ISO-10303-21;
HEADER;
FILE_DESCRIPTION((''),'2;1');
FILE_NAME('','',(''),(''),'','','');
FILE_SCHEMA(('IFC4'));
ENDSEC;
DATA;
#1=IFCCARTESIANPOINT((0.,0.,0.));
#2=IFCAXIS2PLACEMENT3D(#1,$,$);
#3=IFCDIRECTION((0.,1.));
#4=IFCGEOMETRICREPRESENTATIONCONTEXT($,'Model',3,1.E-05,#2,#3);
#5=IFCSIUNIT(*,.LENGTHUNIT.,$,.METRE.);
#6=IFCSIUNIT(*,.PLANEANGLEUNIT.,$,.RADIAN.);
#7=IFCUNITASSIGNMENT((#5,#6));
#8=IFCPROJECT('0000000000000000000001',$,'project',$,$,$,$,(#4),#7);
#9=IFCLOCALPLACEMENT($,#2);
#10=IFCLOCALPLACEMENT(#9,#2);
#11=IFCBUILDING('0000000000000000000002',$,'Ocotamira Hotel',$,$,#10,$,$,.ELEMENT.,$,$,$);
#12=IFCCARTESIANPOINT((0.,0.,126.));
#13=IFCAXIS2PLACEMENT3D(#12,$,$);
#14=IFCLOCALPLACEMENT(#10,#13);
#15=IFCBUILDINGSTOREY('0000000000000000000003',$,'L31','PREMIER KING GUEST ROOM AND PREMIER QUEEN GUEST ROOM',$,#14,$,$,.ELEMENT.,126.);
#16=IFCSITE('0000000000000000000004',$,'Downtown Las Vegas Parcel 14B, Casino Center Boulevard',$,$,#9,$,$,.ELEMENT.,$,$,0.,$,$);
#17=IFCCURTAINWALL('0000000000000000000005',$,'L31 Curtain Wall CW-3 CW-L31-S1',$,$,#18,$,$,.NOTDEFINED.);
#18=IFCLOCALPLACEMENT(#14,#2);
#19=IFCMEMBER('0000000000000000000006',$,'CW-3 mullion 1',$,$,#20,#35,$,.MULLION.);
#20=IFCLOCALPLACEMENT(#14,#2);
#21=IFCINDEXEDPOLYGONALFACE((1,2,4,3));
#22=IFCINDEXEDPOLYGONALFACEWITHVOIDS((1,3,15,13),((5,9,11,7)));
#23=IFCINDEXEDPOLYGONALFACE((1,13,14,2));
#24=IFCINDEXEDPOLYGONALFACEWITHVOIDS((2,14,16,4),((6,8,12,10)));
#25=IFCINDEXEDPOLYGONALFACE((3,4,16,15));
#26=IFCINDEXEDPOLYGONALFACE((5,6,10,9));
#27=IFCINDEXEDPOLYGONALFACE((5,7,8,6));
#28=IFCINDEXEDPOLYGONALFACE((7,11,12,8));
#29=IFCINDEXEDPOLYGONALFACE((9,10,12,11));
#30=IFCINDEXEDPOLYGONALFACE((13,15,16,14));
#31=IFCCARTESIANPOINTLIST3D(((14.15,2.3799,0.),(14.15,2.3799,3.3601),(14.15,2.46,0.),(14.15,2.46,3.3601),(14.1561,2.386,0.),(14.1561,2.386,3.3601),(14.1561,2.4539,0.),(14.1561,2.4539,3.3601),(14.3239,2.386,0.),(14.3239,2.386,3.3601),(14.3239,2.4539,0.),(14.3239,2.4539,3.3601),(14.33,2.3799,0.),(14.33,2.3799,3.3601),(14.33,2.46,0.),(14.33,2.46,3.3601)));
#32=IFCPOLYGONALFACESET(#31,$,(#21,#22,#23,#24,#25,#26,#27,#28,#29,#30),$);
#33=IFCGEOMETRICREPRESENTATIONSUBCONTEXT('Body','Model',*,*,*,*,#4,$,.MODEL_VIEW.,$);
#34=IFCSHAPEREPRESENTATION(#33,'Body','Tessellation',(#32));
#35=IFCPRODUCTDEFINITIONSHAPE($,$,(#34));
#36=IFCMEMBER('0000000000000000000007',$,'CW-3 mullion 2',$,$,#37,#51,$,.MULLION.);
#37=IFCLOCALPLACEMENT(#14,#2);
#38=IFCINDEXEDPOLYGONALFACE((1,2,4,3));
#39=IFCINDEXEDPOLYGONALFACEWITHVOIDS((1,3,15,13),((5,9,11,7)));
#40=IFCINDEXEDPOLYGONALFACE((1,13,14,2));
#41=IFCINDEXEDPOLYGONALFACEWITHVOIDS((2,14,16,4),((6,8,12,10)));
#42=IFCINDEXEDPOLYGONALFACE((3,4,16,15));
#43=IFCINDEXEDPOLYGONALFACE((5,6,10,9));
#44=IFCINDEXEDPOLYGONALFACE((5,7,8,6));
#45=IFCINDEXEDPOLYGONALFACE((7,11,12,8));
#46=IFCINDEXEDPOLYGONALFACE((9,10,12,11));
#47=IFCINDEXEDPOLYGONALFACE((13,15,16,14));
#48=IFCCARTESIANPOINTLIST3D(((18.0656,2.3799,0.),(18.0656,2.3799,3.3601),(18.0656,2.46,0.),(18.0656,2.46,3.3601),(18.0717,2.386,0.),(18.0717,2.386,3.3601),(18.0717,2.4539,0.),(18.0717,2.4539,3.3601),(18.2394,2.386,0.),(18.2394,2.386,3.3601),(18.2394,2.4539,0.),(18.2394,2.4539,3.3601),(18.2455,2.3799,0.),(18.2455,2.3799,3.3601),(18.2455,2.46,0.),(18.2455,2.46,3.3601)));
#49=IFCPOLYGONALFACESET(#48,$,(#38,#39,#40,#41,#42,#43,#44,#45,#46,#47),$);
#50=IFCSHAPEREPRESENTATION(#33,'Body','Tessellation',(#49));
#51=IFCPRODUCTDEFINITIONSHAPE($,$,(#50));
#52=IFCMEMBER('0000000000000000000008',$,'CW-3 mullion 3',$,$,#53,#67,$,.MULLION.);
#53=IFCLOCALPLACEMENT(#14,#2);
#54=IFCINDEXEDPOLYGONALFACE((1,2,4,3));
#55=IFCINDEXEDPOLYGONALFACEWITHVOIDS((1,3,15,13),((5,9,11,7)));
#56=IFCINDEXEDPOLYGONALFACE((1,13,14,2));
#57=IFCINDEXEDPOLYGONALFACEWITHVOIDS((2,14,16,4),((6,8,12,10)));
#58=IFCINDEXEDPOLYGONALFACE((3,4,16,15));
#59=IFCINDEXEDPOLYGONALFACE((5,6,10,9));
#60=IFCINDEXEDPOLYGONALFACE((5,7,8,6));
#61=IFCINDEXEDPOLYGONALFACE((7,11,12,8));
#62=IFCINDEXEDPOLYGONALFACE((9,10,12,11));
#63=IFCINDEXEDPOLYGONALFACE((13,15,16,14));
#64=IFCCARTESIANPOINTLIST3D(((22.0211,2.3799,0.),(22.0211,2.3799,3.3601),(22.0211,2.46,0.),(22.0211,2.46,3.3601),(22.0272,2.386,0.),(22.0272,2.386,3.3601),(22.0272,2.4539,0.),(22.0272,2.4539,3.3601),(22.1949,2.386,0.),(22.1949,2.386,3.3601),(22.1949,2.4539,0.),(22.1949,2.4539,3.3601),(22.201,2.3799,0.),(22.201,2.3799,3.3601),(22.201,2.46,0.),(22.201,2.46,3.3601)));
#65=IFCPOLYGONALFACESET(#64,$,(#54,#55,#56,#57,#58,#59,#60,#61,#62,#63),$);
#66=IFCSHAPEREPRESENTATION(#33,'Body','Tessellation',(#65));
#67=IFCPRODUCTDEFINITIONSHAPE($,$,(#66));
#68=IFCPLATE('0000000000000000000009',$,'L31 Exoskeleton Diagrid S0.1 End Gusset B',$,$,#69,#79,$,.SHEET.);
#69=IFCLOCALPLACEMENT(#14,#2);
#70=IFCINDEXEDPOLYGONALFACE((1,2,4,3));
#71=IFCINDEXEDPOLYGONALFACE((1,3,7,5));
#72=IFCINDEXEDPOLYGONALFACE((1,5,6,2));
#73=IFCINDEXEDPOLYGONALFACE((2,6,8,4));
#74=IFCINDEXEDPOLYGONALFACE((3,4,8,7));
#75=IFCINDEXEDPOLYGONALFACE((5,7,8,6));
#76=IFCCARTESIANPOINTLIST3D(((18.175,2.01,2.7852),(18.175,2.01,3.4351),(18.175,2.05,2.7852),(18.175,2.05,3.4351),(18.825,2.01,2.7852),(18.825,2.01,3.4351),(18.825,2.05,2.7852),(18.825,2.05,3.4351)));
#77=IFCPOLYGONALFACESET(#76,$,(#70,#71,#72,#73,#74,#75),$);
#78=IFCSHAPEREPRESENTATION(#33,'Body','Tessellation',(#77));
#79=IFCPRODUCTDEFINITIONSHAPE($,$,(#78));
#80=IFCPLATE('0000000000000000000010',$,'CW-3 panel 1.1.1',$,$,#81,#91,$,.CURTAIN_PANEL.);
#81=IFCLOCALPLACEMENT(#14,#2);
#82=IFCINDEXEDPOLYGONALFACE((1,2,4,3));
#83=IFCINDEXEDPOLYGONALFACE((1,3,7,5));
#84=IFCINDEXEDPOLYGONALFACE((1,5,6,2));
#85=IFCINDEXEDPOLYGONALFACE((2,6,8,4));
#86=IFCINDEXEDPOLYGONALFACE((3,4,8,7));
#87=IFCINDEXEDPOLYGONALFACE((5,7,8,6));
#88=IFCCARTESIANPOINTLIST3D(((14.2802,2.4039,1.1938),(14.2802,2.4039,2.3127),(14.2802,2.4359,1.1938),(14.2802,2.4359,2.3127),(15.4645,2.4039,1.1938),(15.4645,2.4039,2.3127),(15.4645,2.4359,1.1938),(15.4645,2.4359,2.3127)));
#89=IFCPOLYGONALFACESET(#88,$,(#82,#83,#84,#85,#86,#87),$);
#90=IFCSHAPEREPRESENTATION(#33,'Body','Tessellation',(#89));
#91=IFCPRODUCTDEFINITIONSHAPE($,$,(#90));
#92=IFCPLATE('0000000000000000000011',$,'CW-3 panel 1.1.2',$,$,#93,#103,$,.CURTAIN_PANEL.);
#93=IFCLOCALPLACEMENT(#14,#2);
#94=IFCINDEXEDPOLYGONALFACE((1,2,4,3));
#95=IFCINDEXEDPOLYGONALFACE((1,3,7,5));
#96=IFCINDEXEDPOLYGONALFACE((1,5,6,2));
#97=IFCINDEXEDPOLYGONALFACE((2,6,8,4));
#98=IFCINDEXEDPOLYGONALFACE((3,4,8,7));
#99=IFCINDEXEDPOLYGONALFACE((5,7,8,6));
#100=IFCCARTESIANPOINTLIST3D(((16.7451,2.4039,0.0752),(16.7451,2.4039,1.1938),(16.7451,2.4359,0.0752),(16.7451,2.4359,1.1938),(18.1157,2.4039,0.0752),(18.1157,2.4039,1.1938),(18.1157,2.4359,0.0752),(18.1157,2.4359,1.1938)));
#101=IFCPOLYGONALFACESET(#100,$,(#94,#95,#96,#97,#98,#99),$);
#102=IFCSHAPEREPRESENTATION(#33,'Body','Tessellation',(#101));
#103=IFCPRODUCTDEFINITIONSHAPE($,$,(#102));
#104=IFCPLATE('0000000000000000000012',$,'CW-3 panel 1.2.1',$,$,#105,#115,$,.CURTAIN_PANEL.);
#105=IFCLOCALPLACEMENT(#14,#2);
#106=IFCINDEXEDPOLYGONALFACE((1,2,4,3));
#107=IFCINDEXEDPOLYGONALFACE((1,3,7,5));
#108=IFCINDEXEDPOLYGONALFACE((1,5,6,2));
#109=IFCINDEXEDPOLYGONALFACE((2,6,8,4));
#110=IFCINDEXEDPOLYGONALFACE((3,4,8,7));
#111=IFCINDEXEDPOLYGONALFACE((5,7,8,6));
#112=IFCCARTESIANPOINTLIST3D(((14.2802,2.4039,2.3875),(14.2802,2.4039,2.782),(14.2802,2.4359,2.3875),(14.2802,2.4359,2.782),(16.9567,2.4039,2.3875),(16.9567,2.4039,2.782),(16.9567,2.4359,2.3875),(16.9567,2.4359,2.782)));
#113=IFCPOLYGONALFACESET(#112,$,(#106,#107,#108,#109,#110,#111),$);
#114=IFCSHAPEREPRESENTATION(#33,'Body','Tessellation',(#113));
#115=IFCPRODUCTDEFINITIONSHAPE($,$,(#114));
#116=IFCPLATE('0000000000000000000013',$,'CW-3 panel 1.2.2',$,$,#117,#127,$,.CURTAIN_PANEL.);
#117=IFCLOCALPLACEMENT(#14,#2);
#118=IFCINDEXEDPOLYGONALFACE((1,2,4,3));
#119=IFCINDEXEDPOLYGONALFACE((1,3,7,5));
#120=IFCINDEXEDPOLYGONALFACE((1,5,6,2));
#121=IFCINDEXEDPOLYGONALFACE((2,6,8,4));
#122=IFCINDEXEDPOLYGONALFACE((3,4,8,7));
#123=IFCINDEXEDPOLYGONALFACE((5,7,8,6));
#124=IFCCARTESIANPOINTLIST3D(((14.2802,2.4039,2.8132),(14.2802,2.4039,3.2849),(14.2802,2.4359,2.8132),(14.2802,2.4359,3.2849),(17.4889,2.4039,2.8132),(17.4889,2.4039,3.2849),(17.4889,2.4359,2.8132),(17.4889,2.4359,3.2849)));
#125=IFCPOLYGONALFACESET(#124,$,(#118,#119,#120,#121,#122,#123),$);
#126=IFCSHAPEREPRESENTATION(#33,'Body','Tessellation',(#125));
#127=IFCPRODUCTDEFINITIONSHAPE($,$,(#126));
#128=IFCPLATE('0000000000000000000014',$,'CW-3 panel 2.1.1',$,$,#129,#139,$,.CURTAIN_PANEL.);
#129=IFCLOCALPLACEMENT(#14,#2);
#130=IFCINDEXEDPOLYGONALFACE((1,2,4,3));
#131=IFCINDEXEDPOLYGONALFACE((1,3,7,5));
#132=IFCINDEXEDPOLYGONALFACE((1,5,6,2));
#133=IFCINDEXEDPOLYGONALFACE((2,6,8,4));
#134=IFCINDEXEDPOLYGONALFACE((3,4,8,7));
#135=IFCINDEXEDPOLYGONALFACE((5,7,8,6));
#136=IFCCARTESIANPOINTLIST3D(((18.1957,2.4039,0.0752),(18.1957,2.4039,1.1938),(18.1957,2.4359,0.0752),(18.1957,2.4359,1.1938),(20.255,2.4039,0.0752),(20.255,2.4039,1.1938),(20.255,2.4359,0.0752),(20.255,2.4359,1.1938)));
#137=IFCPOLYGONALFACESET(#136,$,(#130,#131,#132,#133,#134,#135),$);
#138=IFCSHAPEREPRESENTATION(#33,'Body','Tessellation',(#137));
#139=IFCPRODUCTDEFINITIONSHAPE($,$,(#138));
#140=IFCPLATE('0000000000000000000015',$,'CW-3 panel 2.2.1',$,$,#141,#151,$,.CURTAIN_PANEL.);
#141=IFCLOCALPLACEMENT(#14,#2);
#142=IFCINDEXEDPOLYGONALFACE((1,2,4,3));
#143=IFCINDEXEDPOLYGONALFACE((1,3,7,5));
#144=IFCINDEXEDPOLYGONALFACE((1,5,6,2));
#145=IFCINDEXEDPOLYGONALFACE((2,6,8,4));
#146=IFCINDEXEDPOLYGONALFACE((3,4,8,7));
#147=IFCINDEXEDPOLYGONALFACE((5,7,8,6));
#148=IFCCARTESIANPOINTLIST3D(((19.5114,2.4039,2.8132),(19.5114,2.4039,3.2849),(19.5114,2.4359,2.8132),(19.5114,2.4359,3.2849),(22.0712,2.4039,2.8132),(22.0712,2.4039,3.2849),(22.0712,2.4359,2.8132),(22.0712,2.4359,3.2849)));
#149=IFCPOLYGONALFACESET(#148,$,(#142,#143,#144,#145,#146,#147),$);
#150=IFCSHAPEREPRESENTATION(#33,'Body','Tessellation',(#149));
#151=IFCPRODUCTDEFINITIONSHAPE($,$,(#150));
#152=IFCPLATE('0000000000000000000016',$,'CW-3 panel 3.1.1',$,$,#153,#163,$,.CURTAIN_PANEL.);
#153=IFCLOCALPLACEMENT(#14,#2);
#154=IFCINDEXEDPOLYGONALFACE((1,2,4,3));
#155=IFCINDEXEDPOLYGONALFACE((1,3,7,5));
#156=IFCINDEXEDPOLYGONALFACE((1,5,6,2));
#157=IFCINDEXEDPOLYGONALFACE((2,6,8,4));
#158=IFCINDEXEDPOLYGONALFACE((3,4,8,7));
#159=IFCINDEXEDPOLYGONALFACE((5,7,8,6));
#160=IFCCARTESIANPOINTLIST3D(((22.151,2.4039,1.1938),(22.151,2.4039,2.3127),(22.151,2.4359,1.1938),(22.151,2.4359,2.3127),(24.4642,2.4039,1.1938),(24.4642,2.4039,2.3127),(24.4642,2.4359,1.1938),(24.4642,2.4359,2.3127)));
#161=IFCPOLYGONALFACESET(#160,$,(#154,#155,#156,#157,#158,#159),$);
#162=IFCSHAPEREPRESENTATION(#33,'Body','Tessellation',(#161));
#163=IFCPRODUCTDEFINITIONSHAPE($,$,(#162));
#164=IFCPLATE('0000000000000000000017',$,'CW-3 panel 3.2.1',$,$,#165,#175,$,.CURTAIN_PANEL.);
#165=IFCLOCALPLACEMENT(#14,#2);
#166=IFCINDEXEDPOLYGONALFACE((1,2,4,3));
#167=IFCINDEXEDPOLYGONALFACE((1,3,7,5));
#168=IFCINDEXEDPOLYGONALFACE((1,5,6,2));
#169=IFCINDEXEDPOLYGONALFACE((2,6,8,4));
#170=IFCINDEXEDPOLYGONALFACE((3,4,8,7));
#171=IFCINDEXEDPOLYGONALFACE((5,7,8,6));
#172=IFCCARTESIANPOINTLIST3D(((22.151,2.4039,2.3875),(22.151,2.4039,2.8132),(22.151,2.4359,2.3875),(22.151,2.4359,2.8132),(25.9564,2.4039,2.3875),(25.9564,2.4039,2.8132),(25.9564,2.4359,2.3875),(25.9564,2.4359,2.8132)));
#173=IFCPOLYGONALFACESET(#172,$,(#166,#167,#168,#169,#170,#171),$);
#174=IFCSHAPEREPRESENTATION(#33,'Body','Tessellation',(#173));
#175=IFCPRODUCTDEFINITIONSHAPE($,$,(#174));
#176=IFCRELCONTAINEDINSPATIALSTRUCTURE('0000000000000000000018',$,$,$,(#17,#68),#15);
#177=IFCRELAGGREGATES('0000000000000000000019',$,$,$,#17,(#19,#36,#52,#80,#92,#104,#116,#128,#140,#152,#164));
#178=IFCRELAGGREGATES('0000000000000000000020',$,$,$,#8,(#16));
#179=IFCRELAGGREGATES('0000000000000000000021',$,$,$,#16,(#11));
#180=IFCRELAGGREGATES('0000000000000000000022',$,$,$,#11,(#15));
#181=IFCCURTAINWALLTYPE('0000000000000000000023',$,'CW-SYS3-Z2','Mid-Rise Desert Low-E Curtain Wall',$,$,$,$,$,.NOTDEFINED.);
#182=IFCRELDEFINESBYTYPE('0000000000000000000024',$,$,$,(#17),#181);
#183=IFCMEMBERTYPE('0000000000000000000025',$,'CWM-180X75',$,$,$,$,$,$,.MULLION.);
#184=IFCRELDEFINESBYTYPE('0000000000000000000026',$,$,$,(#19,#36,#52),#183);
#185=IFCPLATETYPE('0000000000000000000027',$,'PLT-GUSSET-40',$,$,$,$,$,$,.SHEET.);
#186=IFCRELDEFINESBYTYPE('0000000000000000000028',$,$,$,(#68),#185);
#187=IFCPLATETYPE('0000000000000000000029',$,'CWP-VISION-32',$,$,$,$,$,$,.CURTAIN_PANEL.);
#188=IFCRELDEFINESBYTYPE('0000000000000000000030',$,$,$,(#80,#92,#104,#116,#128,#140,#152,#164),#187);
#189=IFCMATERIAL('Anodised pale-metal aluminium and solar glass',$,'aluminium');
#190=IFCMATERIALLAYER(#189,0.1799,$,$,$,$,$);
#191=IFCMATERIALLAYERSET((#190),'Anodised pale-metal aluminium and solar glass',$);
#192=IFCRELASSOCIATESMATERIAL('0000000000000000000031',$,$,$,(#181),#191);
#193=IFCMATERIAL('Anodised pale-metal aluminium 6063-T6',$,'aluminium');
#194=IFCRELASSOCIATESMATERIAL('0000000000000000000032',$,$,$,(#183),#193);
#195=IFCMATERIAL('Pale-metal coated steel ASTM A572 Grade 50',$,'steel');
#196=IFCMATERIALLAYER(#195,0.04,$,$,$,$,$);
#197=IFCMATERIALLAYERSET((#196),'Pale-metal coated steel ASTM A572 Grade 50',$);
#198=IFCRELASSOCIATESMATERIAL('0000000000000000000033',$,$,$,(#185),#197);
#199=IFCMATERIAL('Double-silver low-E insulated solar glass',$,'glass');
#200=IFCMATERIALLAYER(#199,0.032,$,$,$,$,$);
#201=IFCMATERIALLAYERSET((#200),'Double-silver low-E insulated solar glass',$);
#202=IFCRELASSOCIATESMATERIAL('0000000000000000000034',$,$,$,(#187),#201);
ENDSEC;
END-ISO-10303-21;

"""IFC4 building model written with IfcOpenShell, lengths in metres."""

from ifc_helpers import new_model, si_unit, direction, frame, origin, origin_2d, place, context, subcontext, project, spatial, rectangle, hollow_rectangle, extrude, source, transform, mapped, material, layer, layer_set, material_profile, profile_set, type_object, element, aggregate, save


model = new_model("IFC4")

# Units and contexts
model_context = context("Model", 3, precision=1e-05, world=origin(), true_north=direction((0.0, 1.0)))
body_context = subcontext(model_context, "Body", "Model", "MODEL_VIEW")
ifc_project = project(units=[si_unit("LENGTHUNIT", "METRE"), si_unit("PLANEANGLEUNIT", "RADIAN")], contexts=[model_context])

# Site, building, storey
site_placement = place(None, origin())
site = spatial("IfcSite", under=ifc_project, at=site_placement, Name="Downtown Las Vegas Parcel 14B, Casino Center Boulevard", CompositionType="ELEMENT", RefElevation=0.0)
building_placement = place(site_placement, origin())
building = spatial("IfcBuilding", under=site, at=building_placement, Name="Ocotamira Hotel", CompositionType="ELEMENT")
storey_placement = place(building_placement, frame((0.0, 0.0, 126.0)))
storey = spatial("IfcBuildingStorey", under=building, at=storey_placement, Name="L31", Description="PREMIER KING GUEST ROOM AND PREMIER QUEEN GUEST ROOM", CompositionType="ELEMENT", Elevation=126.0)

# Curtain wall, members
ifc_material_1 = material(Name="Anodised pale-metal aluminium and solar glass", Category="aluminium")
ifc_layer_1 = layer(ifc_material_1, 0.1799)
ifc_layer_set_1 = layer_set([ifc_layer_1], Name="Anodised pale-metal aluminium and solar glass")
curtain_wall_type = type_object("IfcCurtainWallType", Name="CW-SYS3-Z2", Description="Mid-Rise Desert Low-E Curtain Wall", PredefinedType="NOTDEFINED", material=ifc_layer_set_1)
curtain_wall_placement = place(storey_placement, origin())
curtain_wall = element("IfcCurtainWall", 1, at=curtain_wall_placement, inside=storey, type_object=curtain_wall_type, Name="L31 Curtain Wall CW-3 CW-L31-S1", PredefinedType="NOTDEFINED")
ifc_material_2 = material(Name="Anodised pale-metal aluminium 6063-T6", Category="aluminium")
ifc_material_profile_1 = material_profile(ifc_material_2, hollow_rectangle(XDim=0.0801, YDim=0.1799, WallThickness=0.0061, at=origin_2d()), Name="HSS180X80X6")
ifc_profile_set_1 = profile_set([ifc_material_profile_1], Name="Anodised pale-metal aluminium 6063-T6")
member_type_1 = type_object("IfcMemberType", Name="CWM-180X75", PredefinedType="MULLION", material=ifc_profile_set_1)
shared_shape_1 = source(origin(), body_context, "Body", "SweptSolid", [
    extrude(hollow_rectangle(XDim=0.0801, YDim=0.1799, WallThickness=0.0061, at=origin_2d()), origin(), (0.0, 0.0, 1.0), 3.3601),
])
member_1_placement = place(storey_placement, frame((14.24, 2.4199, 0.0), z_axis=(0.0, 0.0, 1.0), x_axis=(0.0, 1.0, 0.0)))
member_1 = element("IfcMember", 2, at=member_1_placement, type_object=member_type_1, Name="CW-3 mullion 1", PredefinedType="MULLION", context=body_context, shape_type="MappedRepresentation", body=[
    mapped(shared_shape_1, transform((0.0, 0.0, 0.0), scale=1.0)),
])
member_2_placement = place(storey_placement, frame((18.1555, 2.4199, 0.0), z_axis=(0.0, 0.0, 1.0), x_axis=(0.0, 1.0, 0.0)))
member_2 = element("IfcMember", 3, at=member_2_placement, type_object=member_type_1, Name="CW-3 mullion 2", PredefinedType="MULLION", context=body_context, shape_type="MappedRepresentation", body=[
    mapped(shared_shape_1, transform((0.0, 0.0, 0.0), scale=1.0)),
])
member_3_placement = place(storey_placement, frame((22.1111, 2.4199, 0.0), z_axis=(0.0, 0.0, 1.0), x_axis=(0.0, 1.0, 0.0)))
member_3 = element("IfcMember", 4, at=member_3_placement, type_object=member_type_1, Name="CW-3 mullion 3", PredefinedType="MULLION", context=body_context, shape_type="MappedRepresentation", body=[
    mapped(shared_shape_1, transform((0.0, 0.0, 0.0), scale=1.0)),
])

# Plates
ifc_material_3 = material(Name="Pale-metal coated steel ASTM A572 Grade 50", Category="steel")
ifc_layer_2 = layer(ifc_material_3, 0.04)
ifc_layer_set_2 = layer_set([ifc_layer_2], Name="Pale-metal coated steel ASTM A572 Grade 50")
plate_type_1 = type_object("IfcPlateType", Name="PLT-GUSSET-40", PredefinedType="SHEET", material=ifc_layer_set_2)
shared_shape_2 = source(origin(), body_context, "Body", "SweptSolid", [
    extrude(rectangle(XDim=0.6499, YDim=0.04, at=origin_2d()), origin(), (0.0, 0.0, 1.0), 0.6499),
])
plate_1_placement = place(storey_placement, frame((18.5, 2.03, 2.7852), z_axis=(0.0, 0.0, 1.0), x_axis=(1.0, 0.0, 0.0)))
element("IfcPlate", 5, at=plate_1_placement, inside=storey, type_object=plate_type_1, Name="L31 Exoskeleton Diagrid S0.1 End Gusset B", PredefinedType="SHEET", context=body_context, shape_type="MappedRepresentation", body=[
    mapped(shared_shape_2, transform((0.0, 0.0, 0.0), scale=1.0)),
])
ifc_material_4 = material(Name="Double-silver low-E insulated solar glass", Category="glass")
ifc_layer_3 = layer(ifc_material_4, 0.032)
ifc_layer_set_3 = layer_set([ifc_layer_3], Name="Double-silver low-E insulated solar glass")
plate_type_2 = type_object("IfcPlateType", Name="CWP-VISION-32", PredefinedType="CURTAIN_PANEL", material=ifc_layer_set_3)
shared_shape_3 = source(origin(), body_context, "Body", "SweptSolid", [
    extrude(rectangle(XDim=1.1843, YDim=0.032, at=origin_2d()), origin(), (0.0, 0.0, 1.0), 1.1189),
])
plate_2_placement = place(storey_placement, frame((14.8723, 2.4199, 1.1938), z_axis=(0.0, 0.0, 1.0), x_axis=(1.0, 0.0, 0.0)))
plate_2 = element("IfcPlate", 6, at=plate_2_placement, type_object=plate_type_2, Name="CW-3 panel 1.1.1", PredefinedType="CURTAIN_PANEL", context=body_context, shape_type="MappedRepresentation", body=[
    mapped(shared_shape_3, transform((0.0, 0.0, 0.0), scale=1.0)),
])
shared_shape_4 = source(origin(), body_context, "Body", "SweptSolid", [
    extrude(rectangle(XDim=1.3706, YDim=0.032, at=origin_2d()), origin(), (0.0, 0.0, 1.0), 1.1187),
])
plate_3_placement = place(storey_placement, frame((17.4304, 2.4199, 0.0752), z_axis=(0.0, 0.0, 1.0), x_axis=(1.0, 0.0, 0.0)))
plate_3 = element("IfcPlate", 7, at=plate_3_placement, type_object=plate_type_2, Name="CW-3 panel 1.1.2", PredefinedType="CURTAIN_PANEL", context=body_context, shape_type="MappedRepresentation", body=[
    mapped(shared_shape_4, transform((0.0, 0.0, 0.0), scale=1.0)),
])
shared_shape_5 = source(origin(), body_context, "Body", "SweptSolid", [
    extrude(rectangle(XDim=2.6765, YDim=0.032, at=origin_2d()), origin(), (0.0, 0.0, 1.0), 0.3945),
])
plate_4_placement = place(storey_placement, frame((15.6184, 2.4199, 2.3875), z_axis=(0.0, 0.0, 1.0), x_axis=(1.0, 0.0, 0.0)))
plate_4 = element("IfcPlate", 8, at=plate_4_placement, type_object=plate_type_2, Name="CW-3 panel 1.2.1", PredefinedType="CURTAIN_PANEL", context=body_context, shape_type="MappedRepresentation", body=[
    mapped(shared_shape_5, transform((0.0, 0.0, 0.0), scale=1.0)),
])
shared_shape_6 = source(origin(), body_context, "Body", "SweptSolid", [
    extrude(rectangle(XDim=3.2087, YDim=0.032, at=origin_2d()), origin(), (0.0, 0.0, 1.0), 0.4717),
])
plate_5_placement = place(storey_placement, frame((15.8845, 2.4199, 2.8132), z_axis=(0.0, 0.0, 1.0), x_axis=(1.0, 0.0, 0.0)))
plate_5 = element("IfcPlate", 9, at=plate_5_placement, type_object=plate_type_2, Name="CW-3 panel 1.2.2", PredefinedType="CURTAIN_PANEL", context=body_context, shape_type="MappedRepresentation", body=[
    mapped(shared_shape_6, transform((0.0, 0.0, 0.0), scale=1.0)),
])
shared_shape_7 = source(origin(), body_context, "Body", "SweptSolid", [
    extrude(rectangle(XDim=2.0593, YDim=0.032, at=origin_2d()), origin(), (0.0, 0.0, 1.0), 1.1187),
])
plate_6_placement = place(storey_placement, frame((19.2253, 2.4199, 0.0752), z_axis=(0.0, 0.0, 1.0), x_axis=(1.0, 0.0, 0.0)))
plate_6 = element("IfcPlate", 10, at=plate_6_placement, type_object=plate_type_2, Name="CW-3 panel 2.1.1", PredefinedType="CURTAIN_PANEL", context=body_context, shape_type="MappedRepresentation", body=[
    mapped(shared_shape_7, transform((0.0, 0.0, 0.0), scale=1.0)),
])
shared_shape_8 = source(origin(), body_context, "Body", "SweptSolid", [
    extrude(rectangle(XDim=2.5598, YDim=0.032, at=origin_2d()), origin(), (0.0, 0.0, 1.0), 0.4717),
])
plate_7_placement = place(storey_placement, frame((20.7913, 2.4199, 2.8132), z_axis=(0.0, 0.0, 1.0), x_axis=(1.0, 0.0, 0.0)))
plate_7 = element("IfcPlate", 11, at=plate_7_placement, type_object=plate_type_2, Name="CW-3 panel 2.2.1", PredefinedType="CURTAIN_PANEL", context=body_context, shape_type="MappedRepresentation", body=[
    mapped(shared_shape_8, transform((0.0, 0.0, 0.0), scale=1.0)),
])
shared_shape_9 = source(origin(), body_context, "Body", "SweptSolid", [
    extrude(rectangle(XDim=2.3132, YDim=0.032, at=origin_2d()), origin(), (0.0, 0.0, 1.0), 1.1189),
])
plate_8_placement = place(storey_placement, frame((23.3076, 2.4199, 1.1938), z_axis=(0.0, 0.0, 1.0), x_axis=(1.0, 0.0, 0.0)))
plate_8 = element("IfcPlate", 12, at=plate_8_placement, type_object=plate_type_2, Name="CW-3 panel 3.1.1", PredefinedType="CURTAIN_PANEL", context=body_context, shape_type="MappedRepresentation", body=[
    mapped(shared_shape_9, transform((0.0, 0.0, 0.0), scale=1.0)),
])
shared_shape_10 = source(origin(), body_context, "Body", "SweptSolid", [
    extrude(rectangle(XDim=3.8054, YDim=0.032, at=origin_2d()), origin(), (0.0, 0.0, 1.0), 0.4258),
])
plate_9_placement = place(storey_placement, frame((24.0537, 2.4199, 2.3875), z_axis=(0.0, 0.0, 1.0), x_axis=(1.0, 0.0, 0.0)))
plate_9 = element("IfcPlate", 13, at=plate_9_placement, type_object=plate_type_2, Name="CW-3 panel 3.2.1", PredefinedType="CURTAIN_PANEL", context=body_context, shape_type="MappedRepresentation", body=[
    mapped(shared_shape_10, transform((0.0, 0.0, 0.0), scale=1.0)),
])
aggregate(curtain_wall, [member_1, member_2, member_3, plate_2, plate_3, plate_4, plate_5, plate_6, plate_7, plate_8, plate_9])

save(model, "model.ifc")
